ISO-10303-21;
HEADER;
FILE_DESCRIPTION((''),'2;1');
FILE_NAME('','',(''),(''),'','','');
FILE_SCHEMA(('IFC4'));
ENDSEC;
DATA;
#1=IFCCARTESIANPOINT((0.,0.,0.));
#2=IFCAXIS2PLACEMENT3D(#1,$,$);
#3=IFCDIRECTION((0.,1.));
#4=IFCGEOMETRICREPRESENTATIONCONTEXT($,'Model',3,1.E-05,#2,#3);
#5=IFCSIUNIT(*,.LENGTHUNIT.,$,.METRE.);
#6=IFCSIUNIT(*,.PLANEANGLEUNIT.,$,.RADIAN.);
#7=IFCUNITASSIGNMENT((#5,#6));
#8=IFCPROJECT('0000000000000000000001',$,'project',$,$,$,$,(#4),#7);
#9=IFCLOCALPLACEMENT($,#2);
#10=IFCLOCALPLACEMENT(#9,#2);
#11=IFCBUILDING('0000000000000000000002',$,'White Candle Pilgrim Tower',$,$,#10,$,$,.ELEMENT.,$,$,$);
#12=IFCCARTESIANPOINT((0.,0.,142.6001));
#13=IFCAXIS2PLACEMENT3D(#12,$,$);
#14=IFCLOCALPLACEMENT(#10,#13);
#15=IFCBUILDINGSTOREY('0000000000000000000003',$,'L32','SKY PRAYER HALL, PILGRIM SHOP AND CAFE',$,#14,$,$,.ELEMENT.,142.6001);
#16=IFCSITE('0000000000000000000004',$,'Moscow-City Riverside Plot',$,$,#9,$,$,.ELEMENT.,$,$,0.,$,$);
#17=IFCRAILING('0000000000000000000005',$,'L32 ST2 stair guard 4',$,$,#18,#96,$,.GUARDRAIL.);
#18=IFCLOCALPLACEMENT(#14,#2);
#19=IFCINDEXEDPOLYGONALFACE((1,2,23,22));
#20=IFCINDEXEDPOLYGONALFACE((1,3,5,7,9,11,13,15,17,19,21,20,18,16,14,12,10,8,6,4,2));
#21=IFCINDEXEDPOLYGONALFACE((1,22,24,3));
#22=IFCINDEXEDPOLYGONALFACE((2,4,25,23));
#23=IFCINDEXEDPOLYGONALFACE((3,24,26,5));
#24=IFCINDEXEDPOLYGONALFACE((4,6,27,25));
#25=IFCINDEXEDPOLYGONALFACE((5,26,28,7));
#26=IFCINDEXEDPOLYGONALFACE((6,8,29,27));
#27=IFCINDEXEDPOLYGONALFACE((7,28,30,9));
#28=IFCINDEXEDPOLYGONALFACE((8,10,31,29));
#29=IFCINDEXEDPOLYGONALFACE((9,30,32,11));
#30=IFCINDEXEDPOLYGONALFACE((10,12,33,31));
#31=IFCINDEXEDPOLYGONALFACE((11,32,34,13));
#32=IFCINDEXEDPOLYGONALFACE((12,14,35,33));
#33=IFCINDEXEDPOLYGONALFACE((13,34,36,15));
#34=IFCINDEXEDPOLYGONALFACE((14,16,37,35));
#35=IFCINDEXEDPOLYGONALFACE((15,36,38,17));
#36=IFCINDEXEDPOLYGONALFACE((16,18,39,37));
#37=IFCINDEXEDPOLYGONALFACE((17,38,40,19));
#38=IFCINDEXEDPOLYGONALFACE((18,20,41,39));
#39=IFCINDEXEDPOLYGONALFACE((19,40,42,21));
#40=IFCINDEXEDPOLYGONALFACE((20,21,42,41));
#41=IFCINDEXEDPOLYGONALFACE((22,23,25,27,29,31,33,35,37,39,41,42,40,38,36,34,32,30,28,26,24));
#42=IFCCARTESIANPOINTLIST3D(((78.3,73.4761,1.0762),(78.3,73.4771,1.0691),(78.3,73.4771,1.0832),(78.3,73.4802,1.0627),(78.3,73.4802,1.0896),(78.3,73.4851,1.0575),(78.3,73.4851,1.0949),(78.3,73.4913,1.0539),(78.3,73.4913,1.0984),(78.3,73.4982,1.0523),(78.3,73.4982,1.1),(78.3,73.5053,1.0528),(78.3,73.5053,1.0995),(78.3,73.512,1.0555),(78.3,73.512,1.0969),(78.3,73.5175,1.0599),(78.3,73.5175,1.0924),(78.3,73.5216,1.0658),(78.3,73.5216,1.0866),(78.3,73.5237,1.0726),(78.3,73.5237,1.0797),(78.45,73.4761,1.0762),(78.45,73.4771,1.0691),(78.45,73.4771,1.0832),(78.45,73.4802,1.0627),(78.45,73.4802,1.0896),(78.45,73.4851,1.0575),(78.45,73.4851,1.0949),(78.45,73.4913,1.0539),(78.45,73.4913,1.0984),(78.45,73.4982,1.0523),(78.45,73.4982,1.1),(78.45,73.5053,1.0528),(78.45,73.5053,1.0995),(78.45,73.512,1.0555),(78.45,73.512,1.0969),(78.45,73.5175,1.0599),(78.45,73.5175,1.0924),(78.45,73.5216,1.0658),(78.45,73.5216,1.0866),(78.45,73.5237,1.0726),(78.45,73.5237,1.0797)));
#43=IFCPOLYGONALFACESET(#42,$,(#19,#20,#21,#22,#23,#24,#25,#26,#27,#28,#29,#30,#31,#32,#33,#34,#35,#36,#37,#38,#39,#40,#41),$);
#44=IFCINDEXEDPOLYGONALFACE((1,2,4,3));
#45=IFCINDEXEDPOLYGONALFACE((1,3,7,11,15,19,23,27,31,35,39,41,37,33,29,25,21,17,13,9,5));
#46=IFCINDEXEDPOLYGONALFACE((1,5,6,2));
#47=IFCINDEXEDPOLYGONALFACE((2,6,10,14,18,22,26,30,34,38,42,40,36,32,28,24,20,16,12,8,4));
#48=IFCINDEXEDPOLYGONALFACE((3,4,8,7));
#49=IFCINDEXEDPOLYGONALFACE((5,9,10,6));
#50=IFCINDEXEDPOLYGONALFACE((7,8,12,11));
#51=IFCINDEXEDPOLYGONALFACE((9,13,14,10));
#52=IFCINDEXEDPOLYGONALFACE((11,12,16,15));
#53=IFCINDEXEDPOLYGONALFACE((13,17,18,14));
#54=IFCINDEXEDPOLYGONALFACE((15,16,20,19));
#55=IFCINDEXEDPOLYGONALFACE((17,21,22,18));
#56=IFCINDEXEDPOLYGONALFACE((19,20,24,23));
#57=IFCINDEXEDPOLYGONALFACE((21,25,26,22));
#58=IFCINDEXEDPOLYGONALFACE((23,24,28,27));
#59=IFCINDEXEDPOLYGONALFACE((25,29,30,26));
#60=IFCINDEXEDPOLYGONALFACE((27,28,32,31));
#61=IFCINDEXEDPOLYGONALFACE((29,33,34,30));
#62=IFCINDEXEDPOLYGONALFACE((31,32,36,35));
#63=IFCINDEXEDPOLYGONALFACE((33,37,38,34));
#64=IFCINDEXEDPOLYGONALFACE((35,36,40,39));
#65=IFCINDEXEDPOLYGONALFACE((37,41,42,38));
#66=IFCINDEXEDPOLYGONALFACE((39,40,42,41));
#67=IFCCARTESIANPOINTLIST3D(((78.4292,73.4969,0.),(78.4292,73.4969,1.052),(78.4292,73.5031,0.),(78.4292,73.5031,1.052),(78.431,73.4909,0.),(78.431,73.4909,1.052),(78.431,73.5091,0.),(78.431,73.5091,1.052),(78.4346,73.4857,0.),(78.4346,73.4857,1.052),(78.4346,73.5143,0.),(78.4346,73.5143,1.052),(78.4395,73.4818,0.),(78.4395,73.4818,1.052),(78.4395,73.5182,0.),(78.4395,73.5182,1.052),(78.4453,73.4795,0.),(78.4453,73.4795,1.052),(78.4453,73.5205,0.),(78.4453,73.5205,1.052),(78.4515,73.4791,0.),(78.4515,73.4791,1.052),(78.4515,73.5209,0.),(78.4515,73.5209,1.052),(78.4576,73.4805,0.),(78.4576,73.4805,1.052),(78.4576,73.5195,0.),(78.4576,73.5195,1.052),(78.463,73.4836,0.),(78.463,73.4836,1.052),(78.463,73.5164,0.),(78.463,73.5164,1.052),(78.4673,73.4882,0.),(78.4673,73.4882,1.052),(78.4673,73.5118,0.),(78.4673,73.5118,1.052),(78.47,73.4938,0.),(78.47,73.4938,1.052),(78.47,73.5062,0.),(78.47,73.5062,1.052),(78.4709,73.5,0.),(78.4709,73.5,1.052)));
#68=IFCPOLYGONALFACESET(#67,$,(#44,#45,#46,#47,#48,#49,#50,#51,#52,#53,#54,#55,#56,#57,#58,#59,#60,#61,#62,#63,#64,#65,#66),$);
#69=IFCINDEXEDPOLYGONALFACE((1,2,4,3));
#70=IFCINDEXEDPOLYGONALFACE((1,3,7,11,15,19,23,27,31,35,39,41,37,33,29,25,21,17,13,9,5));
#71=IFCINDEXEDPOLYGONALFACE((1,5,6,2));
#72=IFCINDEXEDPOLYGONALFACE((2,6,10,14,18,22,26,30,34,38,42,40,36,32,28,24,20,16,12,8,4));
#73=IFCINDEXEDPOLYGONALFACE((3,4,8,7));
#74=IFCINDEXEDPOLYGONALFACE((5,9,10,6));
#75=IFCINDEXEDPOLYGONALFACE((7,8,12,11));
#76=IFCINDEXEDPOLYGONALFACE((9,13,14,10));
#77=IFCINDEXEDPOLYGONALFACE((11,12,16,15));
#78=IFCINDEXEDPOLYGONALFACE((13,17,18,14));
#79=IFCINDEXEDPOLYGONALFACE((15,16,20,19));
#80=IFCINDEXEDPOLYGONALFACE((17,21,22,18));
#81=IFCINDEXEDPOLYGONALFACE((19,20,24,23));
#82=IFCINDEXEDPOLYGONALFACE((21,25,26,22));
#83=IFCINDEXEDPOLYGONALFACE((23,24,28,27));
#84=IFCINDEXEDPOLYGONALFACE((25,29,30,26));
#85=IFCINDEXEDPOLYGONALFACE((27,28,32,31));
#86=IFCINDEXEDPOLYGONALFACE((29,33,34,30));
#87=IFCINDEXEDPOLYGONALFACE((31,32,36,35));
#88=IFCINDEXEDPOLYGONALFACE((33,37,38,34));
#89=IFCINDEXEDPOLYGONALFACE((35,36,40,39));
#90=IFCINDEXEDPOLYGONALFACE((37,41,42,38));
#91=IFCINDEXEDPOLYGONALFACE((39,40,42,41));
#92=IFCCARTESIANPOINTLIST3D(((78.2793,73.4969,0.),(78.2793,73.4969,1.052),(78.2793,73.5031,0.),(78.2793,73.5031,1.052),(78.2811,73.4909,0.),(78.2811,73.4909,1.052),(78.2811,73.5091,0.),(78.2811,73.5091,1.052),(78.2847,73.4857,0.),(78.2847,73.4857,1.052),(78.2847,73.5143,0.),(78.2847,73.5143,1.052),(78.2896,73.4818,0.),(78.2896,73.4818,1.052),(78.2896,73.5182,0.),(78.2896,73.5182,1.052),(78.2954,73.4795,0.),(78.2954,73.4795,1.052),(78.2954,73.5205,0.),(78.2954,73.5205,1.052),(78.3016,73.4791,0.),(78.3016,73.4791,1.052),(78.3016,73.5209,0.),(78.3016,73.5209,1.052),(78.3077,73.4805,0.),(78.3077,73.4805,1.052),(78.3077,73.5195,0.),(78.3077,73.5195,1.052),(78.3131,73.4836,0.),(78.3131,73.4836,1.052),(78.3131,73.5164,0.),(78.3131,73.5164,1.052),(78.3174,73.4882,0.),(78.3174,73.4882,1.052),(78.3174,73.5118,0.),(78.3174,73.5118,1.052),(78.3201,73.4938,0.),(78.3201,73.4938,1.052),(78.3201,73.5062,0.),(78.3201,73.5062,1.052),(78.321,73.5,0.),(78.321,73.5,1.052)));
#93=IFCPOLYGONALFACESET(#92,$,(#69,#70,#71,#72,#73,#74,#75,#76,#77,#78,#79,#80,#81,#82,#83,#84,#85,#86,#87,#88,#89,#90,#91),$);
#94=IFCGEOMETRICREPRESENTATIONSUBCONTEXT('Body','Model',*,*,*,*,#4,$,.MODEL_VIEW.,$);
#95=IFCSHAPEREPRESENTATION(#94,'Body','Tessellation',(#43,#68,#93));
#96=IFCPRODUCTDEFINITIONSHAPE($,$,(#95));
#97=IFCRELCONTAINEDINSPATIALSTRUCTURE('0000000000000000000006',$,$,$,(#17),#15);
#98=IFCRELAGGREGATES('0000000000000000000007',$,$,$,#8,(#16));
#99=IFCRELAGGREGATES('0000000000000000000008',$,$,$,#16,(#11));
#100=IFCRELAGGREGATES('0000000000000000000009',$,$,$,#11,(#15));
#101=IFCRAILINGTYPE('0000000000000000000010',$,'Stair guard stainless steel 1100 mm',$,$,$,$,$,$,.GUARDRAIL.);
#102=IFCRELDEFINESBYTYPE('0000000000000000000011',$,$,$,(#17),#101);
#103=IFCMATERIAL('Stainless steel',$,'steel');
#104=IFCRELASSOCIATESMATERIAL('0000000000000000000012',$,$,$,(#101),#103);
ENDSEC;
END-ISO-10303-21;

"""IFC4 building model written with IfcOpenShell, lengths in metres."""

from ifc_helpers import new_model, si_unit, direction, frame, origin, origin_2d, place, context, subcontext, project, spatial, circle, extrude, material, type_object, element, save


model = new_model("IFC4")

# Units and contexts
model_context = context("Model", 3, precision=1e-05, world=origin(), true_north=direction((0.0, 1.0)))
body_context = subcontext(model_context, "Body", "Model", "MODEL_VIEW")
ifc_project = project(units=[si_unit("LENGTHUNIT", "METRE"), si_unit("PLANEANGLEUNIT", "RADIAN")], contexts=[model_context])

# Site, building, storey
site_placement = place(None, origin())
site = spatial("IfcSite", under=ifc_project, at=site_placement, Name="Moscow-City Riverside Plot", CompositionType="ELEMENT", RefElevation=0.0)
building_placement = place(site_placement, origin())
building = spatial("IfcBuilding", under=site, at=building_placement, Name="White Candle Pilgrim Tower", CompositionType="ELEMENT")
storey_placement = place(building_placement, frame((0.0, 0.0, 142.6001)))
storey = spatial("IfcBuildingStorey", under=building, at=storey_placement, Name="L32", Description="SKY PRAYER HALL, PILGRIM SHOP AND CAFE", CompositionType="ELEMENT", Elevation=142.6001)

# Railing
ifc_material_1 = material(Name="Stainless steel", Category="steel")
railing_type_1 = type_object("IfcRailingType", Name="Stair guard stainless steel 1100 mm", PredefinedType="GUARDRAIL", material=ifc_material_1)
railing_1_placement = place(storey_placement, frame((78.45, 73.5, 0.0)))
element("IfcRailing", 1, at=railing_1_placement, inside=storey, type_object=railing_type_1, Name="L32 ST2 stair guard 4", PredefinedType="GUARDRAIL", context=body_context, shape_type="SweptSolid", body=[
    extrude(circle(Radius=0.0239, at=origin_2d()), frame((0.0, 0.0, 1.0762), z_axis=(-1.0, 0.0, 0.0), x_axis=(0.0, -1.0, 0.0)), (0.0, 0.0, 1.0), 0.1499),
    extrude(circle(Radius=0.021, at=origin_2d()), origin(), (0.0, 0.0, 1.0), 1.052),
    extrude(circle(Radius=0.021, at=origin_2d()), frame((-0.1499, 0.0, 0.0)), (0.0, 0.0, 1.0), 1.052),
])

save(model, "model.ifc")
